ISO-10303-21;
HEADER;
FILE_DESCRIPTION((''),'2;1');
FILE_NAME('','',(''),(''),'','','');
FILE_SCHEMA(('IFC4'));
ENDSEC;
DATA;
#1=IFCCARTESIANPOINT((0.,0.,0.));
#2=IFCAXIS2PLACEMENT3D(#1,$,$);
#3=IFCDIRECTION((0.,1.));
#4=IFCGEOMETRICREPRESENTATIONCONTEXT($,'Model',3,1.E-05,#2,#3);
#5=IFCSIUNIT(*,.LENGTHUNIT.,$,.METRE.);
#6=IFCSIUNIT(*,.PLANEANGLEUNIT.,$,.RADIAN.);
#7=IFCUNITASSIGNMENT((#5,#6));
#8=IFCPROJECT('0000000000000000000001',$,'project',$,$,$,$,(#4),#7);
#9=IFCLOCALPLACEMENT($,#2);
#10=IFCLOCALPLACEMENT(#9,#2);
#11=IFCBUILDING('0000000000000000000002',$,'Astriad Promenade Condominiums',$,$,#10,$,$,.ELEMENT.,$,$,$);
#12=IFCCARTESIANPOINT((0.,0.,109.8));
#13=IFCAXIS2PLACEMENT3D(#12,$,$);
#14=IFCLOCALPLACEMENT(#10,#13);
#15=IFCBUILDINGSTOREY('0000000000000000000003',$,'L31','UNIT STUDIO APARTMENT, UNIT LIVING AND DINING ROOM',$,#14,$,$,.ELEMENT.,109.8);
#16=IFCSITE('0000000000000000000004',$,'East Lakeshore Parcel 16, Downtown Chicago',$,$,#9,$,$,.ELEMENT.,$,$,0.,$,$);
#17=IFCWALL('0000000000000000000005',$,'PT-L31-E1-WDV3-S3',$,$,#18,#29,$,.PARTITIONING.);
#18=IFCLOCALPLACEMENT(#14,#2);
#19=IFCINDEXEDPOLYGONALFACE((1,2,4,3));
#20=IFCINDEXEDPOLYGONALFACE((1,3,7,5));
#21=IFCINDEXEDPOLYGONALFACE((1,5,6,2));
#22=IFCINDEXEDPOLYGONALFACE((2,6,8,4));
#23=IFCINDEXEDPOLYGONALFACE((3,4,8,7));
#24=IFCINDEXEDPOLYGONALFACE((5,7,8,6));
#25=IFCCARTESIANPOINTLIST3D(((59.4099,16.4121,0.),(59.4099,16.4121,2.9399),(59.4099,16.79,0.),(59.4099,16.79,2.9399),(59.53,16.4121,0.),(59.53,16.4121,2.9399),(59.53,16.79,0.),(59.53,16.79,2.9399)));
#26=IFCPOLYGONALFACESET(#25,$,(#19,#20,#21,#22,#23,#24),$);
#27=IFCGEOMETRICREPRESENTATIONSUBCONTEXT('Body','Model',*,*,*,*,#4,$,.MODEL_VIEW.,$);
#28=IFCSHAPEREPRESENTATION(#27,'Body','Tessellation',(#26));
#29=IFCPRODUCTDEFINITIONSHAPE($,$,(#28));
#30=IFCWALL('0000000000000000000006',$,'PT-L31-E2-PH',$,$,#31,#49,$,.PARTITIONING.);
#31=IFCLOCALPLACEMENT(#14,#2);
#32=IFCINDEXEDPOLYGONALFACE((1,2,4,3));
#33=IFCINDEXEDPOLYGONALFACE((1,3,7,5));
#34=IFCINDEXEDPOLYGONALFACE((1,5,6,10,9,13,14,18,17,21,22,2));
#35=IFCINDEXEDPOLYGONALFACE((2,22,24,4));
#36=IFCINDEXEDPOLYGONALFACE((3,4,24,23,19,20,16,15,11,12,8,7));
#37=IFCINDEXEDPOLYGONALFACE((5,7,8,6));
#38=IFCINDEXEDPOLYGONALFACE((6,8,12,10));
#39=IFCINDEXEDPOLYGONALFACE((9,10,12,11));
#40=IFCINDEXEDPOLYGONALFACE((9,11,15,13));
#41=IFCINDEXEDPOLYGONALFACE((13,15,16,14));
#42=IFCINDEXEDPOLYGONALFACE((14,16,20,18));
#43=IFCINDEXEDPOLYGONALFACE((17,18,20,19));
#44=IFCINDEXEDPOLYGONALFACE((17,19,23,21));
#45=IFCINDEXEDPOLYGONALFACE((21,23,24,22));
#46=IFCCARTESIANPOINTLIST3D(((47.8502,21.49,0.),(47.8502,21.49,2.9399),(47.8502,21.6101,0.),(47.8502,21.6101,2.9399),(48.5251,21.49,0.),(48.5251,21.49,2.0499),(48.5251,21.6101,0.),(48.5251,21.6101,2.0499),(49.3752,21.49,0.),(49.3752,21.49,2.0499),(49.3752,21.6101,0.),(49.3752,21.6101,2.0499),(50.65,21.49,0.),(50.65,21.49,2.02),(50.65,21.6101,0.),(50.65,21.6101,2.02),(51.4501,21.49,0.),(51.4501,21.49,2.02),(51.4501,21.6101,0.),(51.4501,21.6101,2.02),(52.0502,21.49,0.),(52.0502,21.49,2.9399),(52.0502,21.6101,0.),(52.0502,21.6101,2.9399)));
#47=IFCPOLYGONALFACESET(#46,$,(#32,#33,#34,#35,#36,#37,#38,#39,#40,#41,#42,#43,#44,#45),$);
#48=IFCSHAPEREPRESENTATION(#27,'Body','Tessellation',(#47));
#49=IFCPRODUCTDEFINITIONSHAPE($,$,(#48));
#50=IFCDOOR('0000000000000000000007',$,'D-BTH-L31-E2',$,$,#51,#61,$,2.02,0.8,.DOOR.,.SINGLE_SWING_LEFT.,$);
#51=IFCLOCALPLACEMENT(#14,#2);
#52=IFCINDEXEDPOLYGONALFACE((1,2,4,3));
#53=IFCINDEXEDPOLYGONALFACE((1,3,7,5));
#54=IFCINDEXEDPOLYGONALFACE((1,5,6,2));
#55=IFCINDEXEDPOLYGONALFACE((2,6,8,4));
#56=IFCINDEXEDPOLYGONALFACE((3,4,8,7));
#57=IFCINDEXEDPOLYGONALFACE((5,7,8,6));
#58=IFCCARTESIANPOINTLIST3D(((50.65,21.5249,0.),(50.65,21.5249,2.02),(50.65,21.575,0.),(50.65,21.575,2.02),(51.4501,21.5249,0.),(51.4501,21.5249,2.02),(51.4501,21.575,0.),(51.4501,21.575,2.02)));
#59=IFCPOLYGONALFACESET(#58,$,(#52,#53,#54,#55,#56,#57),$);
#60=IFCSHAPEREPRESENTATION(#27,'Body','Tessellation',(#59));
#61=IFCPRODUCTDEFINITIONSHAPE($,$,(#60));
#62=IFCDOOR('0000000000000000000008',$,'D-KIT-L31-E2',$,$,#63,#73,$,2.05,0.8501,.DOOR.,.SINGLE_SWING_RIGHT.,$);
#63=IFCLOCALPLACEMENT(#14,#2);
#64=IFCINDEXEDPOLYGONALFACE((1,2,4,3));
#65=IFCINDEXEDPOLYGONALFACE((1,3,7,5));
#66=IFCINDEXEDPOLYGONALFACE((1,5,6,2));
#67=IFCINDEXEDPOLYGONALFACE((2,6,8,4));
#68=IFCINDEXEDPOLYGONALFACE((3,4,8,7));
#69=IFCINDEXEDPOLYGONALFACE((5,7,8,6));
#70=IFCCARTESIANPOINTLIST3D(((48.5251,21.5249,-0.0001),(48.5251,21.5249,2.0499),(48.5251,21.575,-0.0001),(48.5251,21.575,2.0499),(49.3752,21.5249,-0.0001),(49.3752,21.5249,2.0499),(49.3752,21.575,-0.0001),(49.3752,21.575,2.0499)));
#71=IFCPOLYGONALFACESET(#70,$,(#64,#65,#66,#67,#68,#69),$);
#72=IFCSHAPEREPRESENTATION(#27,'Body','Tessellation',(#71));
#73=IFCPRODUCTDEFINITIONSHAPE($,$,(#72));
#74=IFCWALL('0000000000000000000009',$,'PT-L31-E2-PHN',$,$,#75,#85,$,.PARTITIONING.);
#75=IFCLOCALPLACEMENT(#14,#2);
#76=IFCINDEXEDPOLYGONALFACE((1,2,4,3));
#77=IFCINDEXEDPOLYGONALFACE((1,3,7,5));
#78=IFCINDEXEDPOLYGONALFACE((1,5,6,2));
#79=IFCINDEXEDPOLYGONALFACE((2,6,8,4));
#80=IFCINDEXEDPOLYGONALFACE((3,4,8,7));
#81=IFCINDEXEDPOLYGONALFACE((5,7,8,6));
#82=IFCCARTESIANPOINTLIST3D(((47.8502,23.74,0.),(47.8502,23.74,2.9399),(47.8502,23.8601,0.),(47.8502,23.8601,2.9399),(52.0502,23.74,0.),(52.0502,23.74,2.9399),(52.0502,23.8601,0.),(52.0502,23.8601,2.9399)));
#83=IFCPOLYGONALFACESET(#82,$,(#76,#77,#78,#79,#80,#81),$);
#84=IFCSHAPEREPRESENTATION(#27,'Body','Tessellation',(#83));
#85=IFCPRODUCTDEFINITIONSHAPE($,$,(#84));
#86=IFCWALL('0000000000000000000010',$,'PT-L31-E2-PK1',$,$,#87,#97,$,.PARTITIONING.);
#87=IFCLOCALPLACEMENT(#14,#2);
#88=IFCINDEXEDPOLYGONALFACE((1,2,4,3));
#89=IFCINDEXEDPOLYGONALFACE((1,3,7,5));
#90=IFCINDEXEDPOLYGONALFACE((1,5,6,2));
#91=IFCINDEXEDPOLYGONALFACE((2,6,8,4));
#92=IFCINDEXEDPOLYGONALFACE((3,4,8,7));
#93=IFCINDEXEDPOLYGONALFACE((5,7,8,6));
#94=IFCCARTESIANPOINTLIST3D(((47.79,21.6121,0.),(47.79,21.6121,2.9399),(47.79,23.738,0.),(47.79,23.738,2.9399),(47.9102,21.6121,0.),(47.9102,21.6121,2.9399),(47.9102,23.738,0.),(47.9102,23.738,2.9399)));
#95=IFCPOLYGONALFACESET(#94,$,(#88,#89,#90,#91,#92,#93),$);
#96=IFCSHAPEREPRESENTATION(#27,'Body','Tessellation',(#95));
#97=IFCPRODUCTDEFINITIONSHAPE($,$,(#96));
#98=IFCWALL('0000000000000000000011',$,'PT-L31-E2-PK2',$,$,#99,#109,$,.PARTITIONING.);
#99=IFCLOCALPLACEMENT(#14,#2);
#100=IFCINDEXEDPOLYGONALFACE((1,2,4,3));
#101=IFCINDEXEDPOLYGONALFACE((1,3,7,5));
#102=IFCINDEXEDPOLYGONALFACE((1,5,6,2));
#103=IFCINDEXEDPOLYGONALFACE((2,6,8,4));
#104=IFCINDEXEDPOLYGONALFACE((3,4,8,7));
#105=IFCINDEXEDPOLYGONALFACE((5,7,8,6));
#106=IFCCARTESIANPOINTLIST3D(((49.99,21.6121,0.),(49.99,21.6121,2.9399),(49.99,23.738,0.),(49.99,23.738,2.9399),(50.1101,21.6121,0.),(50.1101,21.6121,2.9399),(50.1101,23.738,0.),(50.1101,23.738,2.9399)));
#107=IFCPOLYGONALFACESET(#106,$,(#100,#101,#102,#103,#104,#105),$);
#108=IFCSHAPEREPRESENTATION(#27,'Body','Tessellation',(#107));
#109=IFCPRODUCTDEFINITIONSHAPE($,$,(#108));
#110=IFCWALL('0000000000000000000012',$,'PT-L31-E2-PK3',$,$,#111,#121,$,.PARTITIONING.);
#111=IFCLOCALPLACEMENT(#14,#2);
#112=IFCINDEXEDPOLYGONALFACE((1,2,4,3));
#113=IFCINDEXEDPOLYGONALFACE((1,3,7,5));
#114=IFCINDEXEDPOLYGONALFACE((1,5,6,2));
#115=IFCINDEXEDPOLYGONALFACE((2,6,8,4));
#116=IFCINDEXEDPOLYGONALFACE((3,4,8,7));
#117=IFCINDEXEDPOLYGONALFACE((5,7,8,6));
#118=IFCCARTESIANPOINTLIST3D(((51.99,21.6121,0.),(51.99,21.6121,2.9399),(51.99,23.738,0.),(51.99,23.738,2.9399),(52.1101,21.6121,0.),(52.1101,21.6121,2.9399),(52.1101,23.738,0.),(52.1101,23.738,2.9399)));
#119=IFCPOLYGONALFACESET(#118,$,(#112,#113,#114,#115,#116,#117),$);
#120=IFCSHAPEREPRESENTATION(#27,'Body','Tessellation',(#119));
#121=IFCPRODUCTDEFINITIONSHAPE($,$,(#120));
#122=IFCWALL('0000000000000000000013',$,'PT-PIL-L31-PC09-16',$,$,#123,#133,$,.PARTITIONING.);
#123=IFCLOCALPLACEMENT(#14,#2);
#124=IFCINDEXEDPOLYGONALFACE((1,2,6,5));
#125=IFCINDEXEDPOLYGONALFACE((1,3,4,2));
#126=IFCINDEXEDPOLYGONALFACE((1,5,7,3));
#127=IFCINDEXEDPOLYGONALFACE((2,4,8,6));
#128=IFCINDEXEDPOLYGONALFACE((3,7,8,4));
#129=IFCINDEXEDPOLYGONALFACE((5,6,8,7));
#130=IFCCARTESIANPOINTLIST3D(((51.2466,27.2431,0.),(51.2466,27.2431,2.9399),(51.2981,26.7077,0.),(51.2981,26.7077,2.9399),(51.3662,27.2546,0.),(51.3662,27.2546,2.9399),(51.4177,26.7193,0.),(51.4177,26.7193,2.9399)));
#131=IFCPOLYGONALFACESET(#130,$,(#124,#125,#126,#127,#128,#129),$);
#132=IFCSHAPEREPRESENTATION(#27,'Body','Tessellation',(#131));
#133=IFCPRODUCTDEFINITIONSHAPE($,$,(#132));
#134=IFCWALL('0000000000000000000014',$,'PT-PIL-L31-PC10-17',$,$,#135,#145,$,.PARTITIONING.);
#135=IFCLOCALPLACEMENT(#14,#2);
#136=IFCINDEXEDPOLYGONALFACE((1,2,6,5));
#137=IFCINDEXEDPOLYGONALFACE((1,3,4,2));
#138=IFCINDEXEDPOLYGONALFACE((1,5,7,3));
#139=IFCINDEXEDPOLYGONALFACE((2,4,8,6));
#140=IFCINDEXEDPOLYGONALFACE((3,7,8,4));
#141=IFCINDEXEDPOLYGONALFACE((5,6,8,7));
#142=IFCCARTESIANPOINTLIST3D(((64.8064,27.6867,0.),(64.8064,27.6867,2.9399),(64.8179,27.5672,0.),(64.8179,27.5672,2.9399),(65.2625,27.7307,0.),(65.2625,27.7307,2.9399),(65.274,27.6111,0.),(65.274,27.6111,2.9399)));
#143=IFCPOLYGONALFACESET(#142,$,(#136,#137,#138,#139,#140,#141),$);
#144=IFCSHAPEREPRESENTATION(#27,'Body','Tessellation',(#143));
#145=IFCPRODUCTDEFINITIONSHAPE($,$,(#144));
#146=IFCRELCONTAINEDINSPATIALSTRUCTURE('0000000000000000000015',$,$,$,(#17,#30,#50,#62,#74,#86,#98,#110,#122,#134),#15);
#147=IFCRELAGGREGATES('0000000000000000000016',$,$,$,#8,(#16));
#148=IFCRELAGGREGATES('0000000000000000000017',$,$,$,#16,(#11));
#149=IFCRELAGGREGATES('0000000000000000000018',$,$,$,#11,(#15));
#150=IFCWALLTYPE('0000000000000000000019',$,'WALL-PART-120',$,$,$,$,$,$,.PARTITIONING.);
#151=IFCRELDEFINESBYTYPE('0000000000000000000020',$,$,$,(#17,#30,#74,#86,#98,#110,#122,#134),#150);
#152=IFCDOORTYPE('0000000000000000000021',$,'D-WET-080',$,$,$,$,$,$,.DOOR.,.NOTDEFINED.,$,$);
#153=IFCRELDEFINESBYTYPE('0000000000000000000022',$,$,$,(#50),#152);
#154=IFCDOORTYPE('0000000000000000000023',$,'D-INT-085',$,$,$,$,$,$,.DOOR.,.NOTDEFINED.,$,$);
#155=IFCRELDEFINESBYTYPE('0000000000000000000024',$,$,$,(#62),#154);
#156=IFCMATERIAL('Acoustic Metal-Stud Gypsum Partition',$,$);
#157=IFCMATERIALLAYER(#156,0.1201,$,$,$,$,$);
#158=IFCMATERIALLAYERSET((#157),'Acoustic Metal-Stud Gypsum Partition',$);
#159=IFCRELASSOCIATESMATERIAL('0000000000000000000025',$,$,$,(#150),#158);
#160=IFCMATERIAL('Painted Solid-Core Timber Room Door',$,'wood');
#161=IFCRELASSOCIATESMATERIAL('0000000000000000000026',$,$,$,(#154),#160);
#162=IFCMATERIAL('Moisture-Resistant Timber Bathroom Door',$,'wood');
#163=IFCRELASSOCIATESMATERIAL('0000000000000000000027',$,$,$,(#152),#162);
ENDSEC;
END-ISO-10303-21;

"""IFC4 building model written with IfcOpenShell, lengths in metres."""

from ifc_helpers import new_model, si_unit, direction, frame, frame_2d, origin, place, context, subcontext, project, spatial, rectangle, extrude, source, transform, mapped, material, layer, layer_set, type_object, type_shapes, element, fill, save


model = new_model("IFC4")

# Units and contexts
model_context = context("Model", 3, precision=1e-05, world=origin(), true_north=direction((0.0, 1.0)))
body_context = subcontext(model_context, "Body", "Model", "MODEL_VIEW")
ifc_project = project(units=[si_unit("LENGTHUNIT", "METRE"), si_unit("PLANEANGLEUNIT", "RADIAN")], contexts=[model_context])

# Site, building, storey
site_placement = place(None, origin())
site = spatial("IfcSite", under=ifc_project, at=site_placement, Name="East Lakeshore Parcel 16, Downtown Chicago", CompositionType="ELEMENT", RefElevation=0.0)
building_placement = place(site_placement, origin())
building = spatial("IfcBuilding", under=site, at=building_placement, Name="Astriad Promenade Condominiums", CompositionType="ELEMENT")
storey_placement = place(building_placement, frame((0.0, 0.0, 109.8)))
storey = spatial("IfcBuildingStorey", under=building, at=storey_placement, Name="L31", Description="UNIT STUDIO APARTMENT, UNIT LIVING AND DINING ROOM", CompositionType="ELEMENT", Elevation=109.8)

# Shared definitions
ifc_material_1 = material(Name="Acoustic Metal-Stud Gypsum Partition")
ifc_layer_1 = layer(ifc_material_1, 0.1201)
ifc_layer_set_1 = layer_set([ifc_layer_1], Name="Acoustic Metal-Stud Gypsum Partition")
wall_type_1 = type_object("IfcWallType", Name="WALL-PART-120", PredefinedType="PARTITIONING", material=ifc_layer_set_1)

# Shared definitions
ifc_material_2 = material(Name="Painted Solid-Core Timber Room Door", Category="wood")
door_type_1 = type_object("IfcDoorType", Name="D-INT-085", OperationType="NOTDEFINED", PredefinedType="DOOR", material=ifc_material_2)
shared_shape_1 = source(origin(), body_context, "Body", "SweptSolid", [
    extrude(rectangle(XDim=0.8501, YDim=2.05, at=frame_2d((0.425, 1.0249))), frame((0.0, 0.0249, 0.0), z_axis=(0.0, -1.0, 0.0), x_axis=(1.0, 0.0, 0.0)), (0.0, 0.0, 1.0), 0.05),
])
type_shapes(door_type_1, [shared_shape_1])

# Wall
wall_1_placement = place(storey_placement, frame((59.47, 16.4121, 0.0), z_axis=(0.0, 0.0, 1.0), x_axis=(0.0, 1.0, 0.0)))
element("IfcWall", 1, at=wall_1_placement, inside=storey, type_object=wall_type_1, Name="PT-L31-E1-WDV3-S3", PredefinedType="PARTITIONING", context=body_context, shape_type="SweptSolid", body=[
    extrude(rectangle(XDim=0.3779, YDim=0.1201, at=frame_2d((0.189, 0.0))), origin(), (0.0, 0.0, 1.0), 2.9399),
])

# Wall, openings, doors
wall_2_placement = place(storey_placement, frame((47.8501, 21.55, 0.0), z_axis=(0.0, 0.0, 1.0), x_axis=(1.0, 0.0, 0.0)))
wall_2 = element("IfcWall", 2, at=wall_2_placement, inside=storey, type_object=wall_type_1, Name="PT-L31-E2-PH", PredefinedType="PARTITIONING", context=body_context, shape_type="SweptSolid", body=[
    extrude(rectangle(XDim=4.2, YDim=0.1201, at=frame_2d((2.1001, 0.0))), origin(), (0.0, 0.0, 1.0), 2.9399),
])
opening_1_placement = place(wall_2_placement, frame((0.675, 0.0, 0.0)))
opening_1 = element("IfcOpeningElement", 3, at=opening_1_placement, cuts=wall_2, PredefinedType="OPENING", context=body_context, shape_type="SweptSolid", body=[
    extrude(rectangle(XDim=0.8501, YDim=2.05, at=frame_2d((0.425, 1.0249))), frame((0.0, 0.0701, 0.0), z_axis=(0.0, -1.0, 0.0), x_axis=(1.0, 0.0, 0.0)), (0.0, 0.0, 1.0), 0.1401),
])
opening_2_placement = place(wall_2_placement, frame((2.8, 0.0, 0.0)))
opening_2 = element("IfcOpeningElement", 4, at=opening_2_placement, cuts=wall_2, PredefinedType="OPENING", context=body_context, shape_type="SweptSolid", body=[
    extrude(rectangle(XDim=0.8, YDim=2.02, at=frame_2d((0.3999, 1.01))), frame((0.0, 0.0701, 0.0), z_axis=(0.0, -1.0, 0.0), x_axis=(1.0, 0.0, 0.0)), (0.0, 0.0, 1.0), 0.1401),
])
ifc_material_3 = material(Name="Moisture-Resistant Timber Bathroom Door", Category="wood")
door_type_2 = type_object("IfcDoorType", Name="D-WET-080", OperationType="NOTDEFINED", PredefinedType="DOOR", material=ifc_material_3)
shared_shape_2 = source(origin(), body_context, "Body", "SweptSolid", [
    extrude(rectangle(XDim=0.8, YDim=2.02, at=frame_2d((0.3999, 1.01))), frame((0.0, 0.0249, 0.0), z_axis=(0.0, -1.0, 0.0), x_axis=(1.0, 0.0, 0.0)), (0.0, 0.0, 1.0), 0.05),
])
type_shapes(door_type_2, [shared_shape_2])
door_1_placement = place(opening_2_placement, origin())
door_1 = element("IfcDoor", 5, at=door_1_placement, inside=storey, type_object=door_type_2, Name="D-BTH-L31-E2", OperationType="SINGLE_SWING_LEFT", OverallHeight=2.02, OverallWidth=0.8, PredefinedType="DOOR", context=body_context, shape_type="MappedRepresentation", body=[
    mapped(shared_shape_2, transform((0.0, 0.0, 0.0), scale=1.0)),
])
fill(opening_2, door_1)
door_2_placement = place(opening_1_placement, origin())
door_2 = element("IfcDoor", 6, at=door_2_placement, inside=storey, type_object=door_type_1, Name="D-KIT-L31-E2", OperationType="SINGLE_SWING_RIGHT", OverallHeight=2.05, OverallWidth=0.8501, PredefinedType="DOOR", context=body_context, shape_type="MappedRepresentation", body=[
    mapped(shared_shape_1, transform((0.0, 0.0, 0.0), scale=1.0)),
])
fill(opening_1, door_2)

# Walls
wall_3_placement = place(storey_placement, frame((47.8501, 23.8, 0.0), z_axis=(0.0, 0.0, 1.0), x_axis=(1.0, 0.0, 0.0)))
element("IfcWall", 7, at=wall_3_placement, inside=storey, type_object=wall_type_1, Name="PT-L31-E2-PHN", PredefinedType="PARTITIONING", context=body_context, shape_type="SweptSolid", body=[
    extrude(rectangle(XDim=4.2, YDim=0.1201, at=frame_2d((2.1001, 0.0))), origin(), (0.0, 0.0, 1.0), 2.9399),
])
for number, where, z_axis, x_axis, name in (
    (8, (47.8501, 21.6121, 0.0), (0.0, 0.0, 1.0), (0.0, 1.0, 0.0), "PT-L31-E2-PK1"),
    (9, (50.05, 21.6121, 0.0), (0.0, 0.0, 1.0), (0.0, 1.0, 0.0), "PT-L31-E2-PK2"),
    (10, (52.05, 21.6121, 0.0), (0.0, 0.0, 1.0), (0.0, 1.0, 0.0), "PT-L31-E2-PK3"),
):
    element("IfcWall", number, at=place(storey_placement, frame(where, z_axis=z_axis, x_axis=x_axis)), inside=storey, type_object=wall_type_1, Name=name, PredefinedType="PARTITIONING", context=body_context, shape_type="SweptSolid", body=[
        extrude(rectangle(XDim=2.126, YDim=0.1201, at=frame_2d((1.063, 0.0))), origin(), (0.0, 0.0, 1.0), 2.9399),
    ])
wall_4_placement = place(storey_placement, frame((51.3579, 26.7134, 0.0), z_axis=(0.0, 0.0, 1.0), x_axis=(-0.095773, 0.995403, 0.0)))
element("IfcWall", 11, at=wall_4_placement, inside=storey, type_object=wall_type_1, Name="PT-PIL-L31-PC09-16", PredefinedType="PARTITIONING", context=body_context, shape_type="SweptSolid", body=[
    extrude(rectangle(XDim=0.5378, YDim=0.1201, at=frame_2d((0.269, 0.0))), origin(), (0.0, 0.0, 1.0), 2.9399),
])
wall_5_placement = place(storey_placement, frame((64.8123, 27.627, 0.0), z_axis=(0.0, 0.0, 1.0), x_axis=(0.995389, 0.095915, 0.0)))
element("IfcWall", 12, at=wall_5_placement, inside=storey, type_object=wall_type_1, Name="PT-PIL-L31-PC10-17", PredefinedType="PARTITIONING", context=body_context, shape_type="SweptSolid", body=[
    extrude(rectangle(XDim=0.4583, YDim=0.1201, at=frame_2d((0.229, 0.0))), origin(), (0.0, 0.0, 1.0), 2.9399),
])

save(model, "model.ifc")
